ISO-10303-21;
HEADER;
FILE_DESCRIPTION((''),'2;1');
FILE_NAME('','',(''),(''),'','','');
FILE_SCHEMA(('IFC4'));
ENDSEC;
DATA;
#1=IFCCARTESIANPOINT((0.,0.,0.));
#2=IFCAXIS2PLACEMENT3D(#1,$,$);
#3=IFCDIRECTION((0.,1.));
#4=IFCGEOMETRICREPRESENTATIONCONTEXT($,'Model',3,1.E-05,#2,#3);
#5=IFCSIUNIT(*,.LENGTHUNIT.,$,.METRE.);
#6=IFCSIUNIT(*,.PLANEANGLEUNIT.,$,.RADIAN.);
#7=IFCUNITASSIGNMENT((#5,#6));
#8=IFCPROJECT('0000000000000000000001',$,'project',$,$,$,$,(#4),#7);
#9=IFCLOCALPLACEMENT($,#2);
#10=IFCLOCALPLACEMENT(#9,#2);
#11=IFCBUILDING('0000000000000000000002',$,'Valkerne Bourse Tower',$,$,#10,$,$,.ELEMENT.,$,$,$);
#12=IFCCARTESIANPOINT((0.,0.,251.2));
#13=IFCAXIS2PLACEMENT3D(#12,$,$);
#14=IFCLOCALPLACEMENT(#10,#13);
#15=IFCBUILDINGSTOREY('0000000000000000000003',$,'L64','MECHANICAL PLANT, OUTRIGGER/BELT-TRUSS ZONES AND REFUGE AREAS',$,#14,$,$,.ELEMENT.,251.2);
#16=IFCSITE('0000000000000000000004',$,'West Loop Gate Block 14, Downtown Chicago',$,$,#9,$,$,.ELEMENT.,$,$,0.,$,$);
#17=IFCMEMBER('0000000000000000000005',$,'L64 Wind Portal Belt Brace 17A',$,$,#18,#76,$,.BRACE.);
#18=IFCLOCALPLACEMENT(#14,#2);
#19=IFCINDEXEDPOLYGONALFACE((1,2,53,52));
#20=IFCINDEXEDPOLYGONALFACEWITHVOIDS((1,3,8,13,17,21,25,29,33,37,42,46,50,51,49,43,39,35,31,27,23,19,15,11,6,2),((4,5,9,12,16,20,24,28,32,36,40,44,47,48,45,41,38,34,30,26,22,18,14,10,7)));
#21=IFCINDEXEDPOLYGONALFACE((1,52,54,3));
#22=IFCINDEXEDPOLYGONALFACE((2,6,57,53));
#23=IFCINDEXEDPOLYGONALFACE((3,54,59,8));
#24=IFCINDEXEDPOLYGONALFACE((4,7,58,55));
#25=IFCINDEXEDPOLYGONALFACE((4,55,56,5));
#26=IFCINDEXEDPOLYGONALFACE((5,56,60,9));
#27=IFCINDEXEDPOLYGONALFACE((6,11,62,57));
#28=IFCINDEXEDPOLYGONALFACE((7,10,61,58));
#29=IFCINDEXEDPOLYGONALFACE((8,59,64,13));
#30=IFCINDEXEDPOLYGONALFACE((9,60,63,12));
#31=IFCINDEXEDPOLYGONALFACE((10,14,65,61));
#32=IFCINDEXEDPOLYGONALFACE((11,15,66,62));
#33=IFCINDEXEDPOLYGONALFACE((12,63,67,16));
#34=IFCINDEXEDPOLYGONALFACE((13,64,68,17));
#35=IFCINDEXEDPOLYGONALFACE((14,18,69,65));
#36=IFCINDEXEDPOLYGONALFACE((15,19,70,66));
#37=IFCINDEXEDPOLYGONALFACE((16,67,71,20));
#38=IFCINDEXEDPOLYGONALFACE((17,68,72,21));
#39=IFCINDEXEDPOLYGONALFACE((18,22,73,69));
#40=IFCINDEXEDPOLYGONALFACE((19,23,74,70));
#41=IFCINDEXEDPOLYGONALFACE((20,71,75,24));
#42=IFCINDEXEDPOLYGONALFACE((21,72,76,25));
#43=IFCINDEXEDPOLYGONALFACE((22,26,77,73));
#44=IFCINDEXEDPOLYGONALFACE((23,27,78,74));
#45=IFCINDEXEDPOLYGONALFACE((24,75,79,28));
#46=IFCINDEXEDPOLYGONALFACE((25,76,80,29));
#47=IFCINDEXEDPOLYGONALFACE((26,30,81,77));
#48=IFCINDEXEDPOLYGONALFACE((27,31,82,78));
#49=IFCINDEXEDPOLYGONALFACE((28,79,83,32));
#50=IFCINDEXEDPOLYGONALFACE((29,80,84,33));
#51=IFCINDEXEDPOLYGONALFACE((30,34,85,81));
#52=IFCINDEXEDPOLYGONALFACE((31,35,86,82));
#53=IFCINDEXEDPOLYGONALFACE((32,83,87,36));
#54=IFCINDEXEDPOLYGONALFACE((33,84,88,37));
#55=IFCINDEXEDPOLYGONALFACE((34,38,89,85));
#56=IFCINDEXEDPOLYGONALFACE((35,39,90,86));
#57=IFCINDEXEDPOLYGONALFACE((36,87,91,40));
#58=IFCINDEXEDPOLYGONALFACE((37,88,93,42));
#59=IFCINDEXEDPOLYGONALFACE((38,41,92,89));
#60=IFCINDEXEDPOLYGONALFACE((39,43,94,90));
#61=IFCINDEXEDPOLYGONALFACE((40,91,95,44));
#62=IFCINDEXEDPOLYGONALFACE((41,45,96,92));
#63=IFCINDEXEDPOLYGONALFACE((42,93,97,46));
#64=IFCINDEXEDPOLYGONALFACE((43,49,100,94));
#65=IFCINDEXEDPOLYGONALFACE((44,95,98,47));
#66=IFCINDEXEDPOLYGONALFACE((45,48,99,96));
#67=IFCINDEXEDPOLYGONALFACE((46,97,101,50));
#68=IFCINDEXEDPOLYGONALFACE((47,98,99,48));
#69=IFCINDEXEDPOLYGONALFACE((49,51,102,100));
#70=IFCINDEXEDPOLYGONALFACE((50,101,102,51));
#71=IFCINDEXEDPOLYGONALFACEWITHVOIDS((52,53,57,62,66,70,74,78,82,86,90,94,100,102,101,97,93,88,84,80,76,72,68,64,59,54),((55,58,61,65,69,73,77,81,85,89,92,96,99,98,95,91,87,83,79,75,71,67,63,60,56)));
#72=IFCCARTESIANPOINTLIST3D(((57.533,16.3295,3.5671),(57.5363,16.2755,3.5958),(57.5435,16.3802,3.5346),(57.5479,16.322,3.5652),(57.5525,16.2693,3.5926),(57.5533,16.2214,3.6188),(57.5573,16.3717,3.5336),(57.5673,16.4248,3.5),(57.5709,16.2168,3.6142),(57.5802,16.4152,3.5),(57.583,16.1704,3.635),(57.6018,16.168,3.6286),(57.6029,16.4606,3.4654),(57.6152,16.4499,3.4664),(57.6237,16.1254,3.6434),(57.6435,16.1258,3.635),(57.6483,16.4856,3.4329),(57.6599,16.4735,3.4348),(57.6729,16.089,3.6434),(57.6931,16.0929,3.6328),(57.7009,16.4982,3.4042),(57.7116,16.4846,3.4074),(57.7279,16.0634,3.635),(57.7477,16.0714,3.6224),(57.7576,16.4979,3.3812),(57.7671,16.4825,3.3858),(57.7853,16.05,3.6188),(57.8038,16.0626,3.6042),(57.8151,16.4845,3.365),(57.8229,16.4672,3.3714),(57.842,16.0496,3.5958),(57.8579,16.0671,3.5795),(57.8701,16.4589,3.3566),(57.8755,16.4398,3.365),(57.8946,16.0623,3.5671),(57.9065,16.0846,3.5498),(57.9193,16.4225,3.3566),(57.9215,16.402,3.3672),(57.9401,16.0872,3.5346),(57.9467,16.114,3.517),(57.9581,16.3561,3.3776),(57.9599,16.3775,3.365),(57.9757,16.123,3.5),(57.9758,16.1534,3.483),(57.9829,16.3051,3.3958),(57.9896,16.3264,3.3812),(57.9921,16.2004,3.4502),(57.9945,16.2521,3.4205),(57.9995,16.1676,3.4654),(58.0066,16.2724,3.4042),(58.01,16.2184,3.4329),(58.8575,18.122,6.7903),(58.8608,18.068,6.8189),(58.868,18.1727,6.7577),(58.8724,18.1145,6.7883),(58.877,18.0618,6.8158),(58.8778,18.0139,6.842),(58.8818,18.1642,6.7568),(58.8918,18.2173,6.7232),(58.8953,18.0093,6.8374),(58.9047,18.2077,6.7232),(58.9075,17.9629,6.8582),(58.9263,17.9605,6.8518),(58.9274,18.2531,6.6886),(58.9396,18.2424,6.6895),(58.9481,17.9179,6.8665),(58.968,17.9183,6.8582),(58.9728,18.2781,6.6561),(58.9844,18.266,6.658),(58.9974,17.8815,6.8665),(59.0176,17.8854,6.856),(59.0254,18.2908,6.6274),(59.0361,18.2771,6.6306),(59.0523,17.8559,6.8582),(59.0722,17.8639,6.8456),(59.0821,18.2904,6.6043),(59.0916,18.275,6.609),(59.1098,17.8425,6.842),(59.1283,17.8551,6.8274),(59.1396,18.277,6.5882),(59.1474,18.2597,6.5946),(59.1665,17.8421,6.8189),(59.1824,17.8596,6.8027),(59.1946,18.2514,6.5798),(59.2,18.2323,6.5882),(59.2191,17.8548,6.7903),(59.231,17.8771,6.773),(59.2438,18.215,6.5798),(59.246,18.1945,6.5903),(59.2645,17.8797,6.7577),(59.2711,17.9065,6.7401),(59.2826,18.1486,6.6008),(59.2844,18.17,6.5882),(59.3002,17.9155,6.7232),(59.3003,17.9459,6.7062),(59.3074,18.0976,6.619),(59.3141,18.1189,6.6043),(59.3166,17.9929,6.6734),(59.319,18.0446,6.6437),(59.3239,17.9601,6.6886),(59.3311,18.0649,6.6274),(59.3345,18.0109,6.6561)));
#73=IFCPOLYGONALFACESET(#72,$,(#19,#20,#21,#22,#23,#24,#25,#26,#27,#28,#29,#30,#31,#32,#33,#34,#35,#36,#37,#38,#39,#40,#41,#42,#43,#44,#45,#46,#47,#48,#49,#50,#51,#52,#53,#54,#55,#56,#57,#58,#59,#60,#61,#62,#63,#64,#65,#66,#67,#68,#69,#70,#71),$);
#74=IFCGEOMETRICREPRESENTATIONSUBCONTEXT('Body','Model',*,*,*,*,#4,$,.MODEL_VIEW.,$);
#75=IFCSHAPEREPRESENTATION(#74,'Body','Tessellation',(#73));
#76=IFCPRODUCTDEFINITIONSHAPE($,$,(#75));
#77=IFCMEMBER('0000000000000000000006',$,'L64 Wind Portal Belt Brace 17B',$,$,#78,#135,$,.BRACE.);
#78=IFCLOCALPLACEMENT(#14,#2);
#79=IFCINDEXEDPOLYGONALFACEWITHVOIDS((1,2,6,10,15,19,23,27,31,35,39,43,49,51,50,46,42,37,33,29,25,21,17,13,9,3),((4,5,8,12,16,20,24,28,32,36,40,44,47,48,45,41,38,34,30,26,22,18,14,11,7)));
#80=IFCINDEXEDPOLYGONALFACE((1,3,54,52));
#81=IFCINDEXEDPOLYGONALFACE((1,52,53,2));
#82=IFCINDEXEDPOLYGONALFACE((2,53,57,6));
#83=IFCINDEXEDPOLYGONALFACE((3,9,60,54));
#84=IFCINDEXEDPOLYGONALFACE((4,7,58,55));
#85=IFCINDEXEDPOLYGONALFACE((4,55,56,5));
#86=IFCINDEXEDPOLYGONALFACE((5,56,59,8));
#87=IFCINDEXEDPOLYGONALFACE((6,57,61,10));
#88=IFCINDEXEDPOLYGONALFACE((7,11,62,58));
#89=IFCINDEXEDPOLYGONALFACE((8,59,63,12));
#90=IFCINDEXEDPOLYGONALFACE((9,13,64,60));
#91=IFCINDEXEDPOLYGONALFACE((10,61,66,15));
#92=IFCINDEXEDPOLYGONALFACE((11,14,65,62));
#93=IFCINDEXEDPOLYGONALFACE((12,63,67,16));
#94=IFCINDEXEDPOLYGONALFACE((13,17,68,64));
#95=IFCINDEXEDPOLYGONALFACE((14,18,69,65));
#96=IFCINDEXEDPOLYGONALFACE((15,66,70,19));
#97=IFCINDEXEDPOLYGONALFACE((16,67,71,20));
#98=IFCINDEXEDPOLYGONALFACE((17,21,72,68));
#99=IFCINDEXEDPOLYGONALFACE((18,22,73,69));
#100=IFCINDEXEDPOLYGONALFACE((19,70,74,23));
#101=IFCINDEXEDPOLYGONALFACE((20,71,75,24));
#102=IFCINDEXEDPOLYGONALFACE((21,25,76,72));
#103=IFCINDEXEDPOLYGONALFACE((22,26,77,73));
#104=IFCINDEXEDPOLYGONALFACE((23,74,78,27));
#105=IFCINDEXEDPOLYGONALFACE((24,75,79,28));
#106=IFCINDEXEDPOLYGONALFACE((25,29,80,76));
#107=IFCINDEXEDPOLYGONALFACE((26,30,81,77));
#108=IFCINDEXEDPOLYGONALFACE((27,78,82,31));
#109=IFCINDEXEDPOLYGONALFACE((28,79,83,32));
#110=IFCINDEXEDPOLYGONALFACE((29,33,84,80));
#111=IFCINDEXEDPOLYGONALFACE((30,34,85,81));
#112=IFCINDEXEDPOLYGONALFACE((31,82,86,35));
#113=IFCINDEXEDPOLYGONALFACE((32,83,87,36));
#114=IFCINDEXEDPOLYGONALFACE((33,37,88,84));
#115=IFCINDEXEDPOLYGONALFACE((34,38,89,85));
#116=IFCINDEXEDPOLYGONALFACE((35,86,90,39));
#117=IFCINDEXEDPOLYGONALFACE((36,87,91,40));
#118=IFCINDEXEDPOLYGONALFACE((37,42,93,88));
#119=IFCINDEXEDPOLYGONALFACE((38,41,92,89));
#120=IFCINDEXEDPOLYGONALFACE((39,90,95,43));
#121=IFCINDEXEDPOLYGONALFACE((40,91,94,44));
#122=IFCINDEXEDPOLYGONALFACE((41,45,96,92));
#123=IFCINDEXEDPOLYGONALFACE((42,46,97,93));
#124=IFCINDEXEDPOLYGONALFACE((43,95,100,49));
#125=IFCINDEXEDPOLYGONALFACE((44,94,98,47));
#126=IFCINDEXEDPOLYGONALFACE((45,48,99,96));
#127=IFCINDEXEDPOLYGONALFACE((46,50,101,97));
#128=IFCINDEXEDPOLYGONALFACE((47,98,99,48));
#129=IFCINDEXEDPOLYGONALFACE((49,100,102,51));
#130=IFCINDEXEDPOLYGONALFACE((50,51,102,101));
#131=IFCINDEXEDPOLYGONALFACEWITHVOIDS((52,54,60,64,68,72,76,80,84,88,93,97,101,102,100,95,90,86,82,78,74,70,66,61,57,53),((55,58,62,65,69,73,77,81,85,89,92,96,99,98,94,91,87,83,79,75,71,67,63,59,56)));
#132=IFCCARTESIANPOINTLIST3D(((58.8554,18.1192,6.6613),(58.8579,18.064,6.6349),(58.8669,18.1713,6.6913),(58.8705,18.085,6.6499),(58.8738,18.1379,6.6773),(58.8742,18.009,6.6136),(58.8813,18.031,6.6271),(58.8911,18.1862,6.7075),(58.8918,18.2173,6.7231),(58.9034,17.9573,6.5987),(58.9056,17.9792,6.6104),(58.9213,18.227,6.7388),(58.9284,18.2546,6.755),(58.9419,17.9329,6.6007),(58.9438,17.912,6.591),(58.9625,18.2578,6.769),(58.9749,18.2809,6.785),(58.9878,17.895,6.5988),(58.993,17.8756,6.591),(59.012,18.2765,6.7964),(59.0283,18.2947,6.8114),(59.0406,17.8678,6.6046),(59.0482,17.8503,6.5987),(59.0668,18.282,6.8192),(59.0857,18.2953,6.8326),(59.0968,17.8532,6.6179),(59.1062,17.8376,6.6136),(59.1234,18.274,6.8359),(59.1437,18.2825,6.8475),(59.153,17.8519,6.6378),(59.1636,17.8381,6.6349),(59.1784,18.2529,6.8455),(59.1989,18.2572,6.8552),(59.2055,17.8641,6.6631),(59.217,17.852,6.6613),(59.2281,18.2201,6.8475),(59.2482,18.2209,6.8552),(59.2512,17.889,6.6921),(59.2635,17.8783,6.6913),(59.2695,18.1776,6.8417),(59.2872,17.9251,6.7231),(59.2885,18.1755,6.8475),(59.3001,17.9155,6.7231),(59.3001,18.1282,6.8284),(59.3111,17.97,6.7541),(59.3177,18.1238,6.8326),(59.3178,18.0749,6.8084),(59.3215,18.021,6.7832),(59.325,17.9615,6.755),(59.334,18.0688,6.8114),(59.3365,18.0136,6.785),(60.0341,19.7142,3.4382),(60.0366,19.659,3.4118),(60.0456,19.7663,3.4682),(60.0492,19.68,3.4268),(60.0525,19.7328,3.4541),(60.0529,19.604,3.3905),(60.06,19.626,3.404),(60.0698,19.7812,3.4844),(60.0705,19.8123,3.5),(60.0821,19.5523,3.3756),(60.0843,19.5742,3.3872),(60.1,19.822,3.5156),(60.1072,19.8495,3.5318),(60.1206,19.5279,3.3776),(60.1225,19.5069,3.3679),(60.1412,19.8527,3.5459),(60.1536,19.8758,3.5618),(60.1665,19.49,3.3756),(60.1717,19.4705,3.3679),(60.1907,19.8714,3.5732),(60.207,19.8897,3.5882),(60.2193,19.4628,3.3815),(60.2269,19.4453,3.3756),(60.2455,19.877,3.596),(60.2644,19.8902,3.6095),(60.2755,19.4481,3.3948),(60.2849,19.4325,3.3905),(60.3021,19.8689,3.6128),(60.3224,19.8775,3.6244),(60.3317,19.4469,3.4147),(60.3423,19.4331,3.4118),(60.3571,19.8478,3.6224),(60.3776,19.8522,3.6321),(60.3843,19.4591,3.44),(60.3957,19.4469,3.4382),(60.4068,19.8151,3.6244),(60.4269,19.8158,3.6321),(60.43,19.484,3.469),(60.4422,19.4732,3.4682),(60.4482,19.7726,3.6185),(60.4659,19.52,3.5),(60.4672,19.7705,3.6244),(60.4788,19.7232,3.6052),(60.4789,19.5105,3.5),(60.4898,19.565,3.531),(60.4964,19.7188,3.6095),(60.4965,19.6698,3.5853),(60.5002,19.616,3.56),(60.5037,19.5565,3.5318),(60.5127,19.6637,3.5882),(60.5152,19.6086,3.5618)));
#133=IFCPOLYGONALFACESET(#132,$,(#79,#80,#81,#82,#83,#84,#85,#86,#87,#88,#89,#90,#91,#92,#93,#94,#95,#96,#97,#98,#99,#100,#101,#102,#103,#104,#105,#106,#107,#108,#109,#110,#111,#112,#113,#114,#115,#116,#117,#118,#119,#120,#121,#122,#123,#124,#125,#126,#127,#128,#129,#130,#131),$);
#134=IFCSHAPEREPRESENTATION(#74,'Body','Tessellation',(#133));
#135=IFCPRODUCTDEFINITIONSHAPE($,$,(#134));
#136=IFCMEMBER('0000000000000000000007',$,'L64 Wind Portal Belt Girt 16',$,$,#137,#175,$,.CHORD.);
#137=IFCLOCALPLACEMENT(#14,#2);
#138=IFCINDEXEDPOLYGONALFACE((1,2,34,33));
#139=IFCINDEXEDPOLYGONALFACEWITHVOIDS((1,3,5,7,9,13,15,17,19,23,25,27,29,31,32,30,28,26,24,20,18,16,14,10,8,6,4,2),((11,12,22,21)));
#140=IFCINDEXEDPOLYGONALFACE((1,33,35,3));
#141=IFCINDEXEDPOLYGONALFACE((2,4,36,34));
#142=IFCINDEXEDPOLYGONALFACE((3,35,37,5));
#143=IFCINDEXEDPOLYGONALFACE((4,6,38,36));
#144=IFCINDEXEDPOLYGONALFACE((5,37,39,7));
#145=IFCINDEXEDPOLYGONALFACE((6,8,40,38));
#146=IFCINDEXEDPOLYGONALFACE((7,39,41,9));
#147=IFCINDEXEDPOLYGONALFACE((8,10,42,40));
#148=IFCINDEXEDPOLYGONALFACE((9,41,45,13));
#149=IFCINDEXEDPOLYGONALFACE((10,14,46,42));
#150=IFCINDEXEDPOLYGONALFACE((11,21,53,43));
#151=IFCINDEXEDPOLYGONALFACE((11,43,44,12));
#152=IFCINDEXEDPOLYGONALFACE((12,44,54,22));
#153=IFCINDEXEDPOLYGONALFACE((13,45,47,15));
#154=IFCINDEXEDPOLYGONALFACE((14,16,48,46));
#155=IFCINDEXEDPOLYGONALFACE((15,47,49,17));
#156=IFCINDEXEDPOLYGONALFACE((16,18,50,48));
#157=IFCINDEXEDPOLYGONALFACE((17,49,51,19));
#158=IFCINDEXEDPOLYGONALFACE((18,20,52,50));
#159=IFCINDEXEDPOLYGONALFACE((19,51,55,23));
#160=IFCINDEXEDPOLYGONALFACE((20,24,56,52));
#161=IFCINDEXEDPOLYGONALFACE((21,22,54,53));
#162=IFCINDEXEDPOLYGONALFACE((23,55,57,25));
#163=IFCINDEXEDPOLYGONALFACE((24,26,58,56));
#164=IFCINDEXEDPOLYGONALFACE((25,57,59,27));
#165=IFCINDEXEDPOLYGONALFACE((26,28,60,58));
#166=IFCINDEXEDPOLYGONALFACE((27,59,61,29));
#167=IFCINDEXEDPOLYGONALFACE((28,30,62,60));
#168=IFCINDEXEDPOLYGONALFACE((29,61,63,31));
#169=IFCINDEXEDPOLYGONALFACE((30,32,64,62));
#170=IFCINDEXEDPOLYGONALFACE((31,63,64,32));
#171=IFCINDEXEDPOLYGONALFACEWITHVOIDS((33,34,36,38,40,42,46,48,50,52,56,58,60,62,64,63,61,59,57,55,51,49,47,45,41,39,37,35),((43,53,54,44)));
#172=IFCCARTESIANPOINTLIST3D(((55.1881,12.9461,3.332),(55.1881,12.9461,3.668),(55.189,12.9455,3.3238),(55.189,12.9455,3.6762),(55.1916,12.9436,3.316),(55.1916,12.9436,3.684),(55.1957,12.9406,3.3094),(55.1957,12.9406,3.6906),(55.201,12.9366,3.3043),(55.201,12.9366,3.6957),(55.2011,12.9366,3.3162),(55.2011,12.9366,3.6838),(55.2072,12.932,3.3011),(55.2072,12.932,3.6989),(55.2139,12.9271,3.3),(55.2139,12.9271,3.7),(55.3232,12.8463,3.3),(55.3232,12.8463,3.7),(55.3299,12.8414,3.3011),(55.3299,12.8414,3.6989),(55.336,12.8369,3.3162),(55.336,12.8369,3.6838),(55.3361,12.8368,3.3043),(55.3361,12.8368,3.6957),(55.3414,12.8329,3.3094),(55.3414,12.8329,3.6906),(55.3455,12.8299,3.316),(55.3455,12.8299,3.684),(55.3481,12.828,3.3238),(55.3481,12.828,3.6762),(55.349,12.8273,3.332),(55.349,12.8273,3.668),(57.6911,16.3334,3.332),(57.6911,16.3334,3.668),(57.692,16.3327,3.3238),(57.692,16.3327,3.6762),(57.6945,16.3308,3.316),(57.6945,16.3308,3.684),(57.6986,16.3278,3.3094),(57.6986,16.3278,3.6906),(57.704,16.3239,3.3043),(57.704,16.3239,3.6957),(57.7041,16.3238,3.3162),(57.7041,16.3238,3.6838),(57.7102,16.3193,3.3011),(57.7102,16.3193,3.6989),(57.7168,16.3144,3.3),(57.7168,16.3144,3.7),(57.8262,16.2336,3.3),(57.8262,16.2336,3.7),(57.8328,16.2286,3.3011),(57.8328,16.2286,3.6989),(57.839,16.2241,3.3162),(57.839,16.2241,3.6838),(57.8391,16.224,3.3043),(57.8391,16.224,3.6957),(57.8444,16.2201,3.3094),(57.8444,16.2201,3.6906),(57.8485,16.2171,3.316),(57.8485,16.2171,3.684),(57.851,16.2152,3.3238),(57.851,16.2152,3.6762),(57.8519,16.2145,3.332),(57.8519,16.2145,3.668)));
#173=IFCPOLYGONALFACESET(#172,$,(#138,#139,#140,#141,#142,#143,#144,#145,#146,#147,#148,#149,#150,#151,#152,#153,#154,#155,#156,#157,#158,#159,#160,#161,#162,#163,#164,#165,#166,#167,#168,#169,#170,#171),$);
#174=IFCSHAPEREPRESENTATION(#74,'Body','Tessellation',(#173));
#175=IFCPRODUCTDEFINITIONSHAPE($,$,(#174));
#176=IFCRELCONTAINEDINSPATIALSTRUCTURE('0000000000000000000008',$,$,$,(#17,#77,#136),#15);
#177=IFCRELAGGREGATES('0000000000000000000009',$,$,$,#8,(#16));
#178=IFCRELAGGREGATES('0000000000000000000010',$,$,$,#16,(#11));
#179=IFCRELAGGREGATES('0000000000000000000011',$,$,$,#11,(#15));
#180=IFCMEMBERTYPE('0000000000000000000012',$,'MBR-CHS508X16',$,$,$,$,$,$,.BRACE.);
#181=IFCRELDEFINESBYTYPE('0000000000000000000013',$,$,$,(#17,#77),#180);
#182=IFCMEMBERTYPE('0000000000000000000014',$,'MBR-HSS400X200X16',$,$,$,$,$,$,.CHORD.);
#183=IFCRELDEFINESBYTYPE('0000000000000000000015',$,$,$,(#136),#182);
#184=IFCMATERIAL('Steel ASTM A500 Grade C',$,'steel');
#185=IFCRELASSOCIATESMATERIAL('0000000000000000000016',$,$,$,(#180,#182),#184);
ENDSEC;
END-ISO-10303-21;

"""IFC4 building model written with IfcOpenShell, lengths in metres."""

from ifc_helpers import new_model, si_unit, direction, frame, origin, origin_2d, place, context, subcontext, project, spatial, hollow_rectangle, hollow_circle, extrude, material, material_profile, profile_set, type_object, element, save


model = new_model("IFC4")

# Units and contexts
model_context = context("Model", 3, precision=1e-05, world=origin(), true_north=direction((0.0, 1.0)))
body_context = subcontext(model_context, "Body", "Model", "MODEL_VIEW")
ifc_project = project(units=[si_unit("LENGTHUNIT", "METRE"), si_unit("PLANEANGLEUNIT", "RADIAN")], contexts=[model_context])

# Site, building, storey
site_placement = place(None, origin())
site = spatial("IfcSite", under=ifc_project, at=site_placement, Name="West Loop Gate Block 14, Downtown Chicago", CompositionType="ELEMENT", RefElevation=0.0)
building_placement = place(site_placement, origin())
building = spatial("IfcBuilding", under=site, at=building_placement, Name="Valkerne Bourse Tower", CompositionType="ELEMENT")
storey_placement = place(building_placement, frame((0.0, 0.0, 251.2)))
storey = spatial("IfcBuildingStorey", under=building, at=storey_placement, Name="L64", Description="MECHANICAL PLANT, OUTRIGGER/BELT-TRUSS ZONES AND REFUGE AREAS", CompositionType="ELEMENT", Elevation=251.2)

# Members
ifc_material_1 = material(Name="Steel ASTM A500 Grade C", Category="steel")
ifc_material_profile_1 = material_profile(ifc_material_1, hollow_circle(Radius=0.2539, WallThickness=0.0161, at=origin_2d()), Name="CHS508X16")
ifc_profile_set_1 = profile_set([ifc_material_profile_1], Name="Steel ASTM A500 Grade C")
member_type_1 = type_object("IfcMemberType", Name="MBR-CHS508X16", PredefinedType="BRACE", material=ifc_profile_set_1)
member_1_placement = place(storey_placement, frame((57.7715, 16.2739, 3.5), z_axis=(0.337989, 0.457422, 0.822513), x_axis=(-0.804265, 0.594271, 0.0)))
element("IfcMember", 1, at=member_1_placement, inside=storey, type_object=member_type_1, Name="L64 Wind Portal Belt Brace 17A", PredefinedType="BRACE", context=body_context, shape_type="SweptSolid", body=[
    extrude(hollow_circle(Radius=0.2539, WallThickness=0.0161, at=origin_2d()), origin(), (0.0, 0.0, 1.0), 3.9187),
])
member_2_placement = place(storey_placement, frame((60.2747, 19.6614, 3.5), z_axis=(-0.311463, -0.421455, 0.851684), x_axis=(0.80422, -0.594332, 0.0)))
element("IfcMember", 2, at=member_2_placement, inside=storey, type_object=member_type_1, Name="L64 Wind Portal Belt Brace 17B", PredefinedType="BRACE", context=body_context, shape_type="SweptSolid", body=[
    extrude(hollow_circle(Radius=0.2539, WallThickness=0.0161, at=origin_2d()), origin(), (0.0, 0.0, 1.0), 3.7844),
])
ifc_material_profile_2 = material_profile(ifc_material_1, hollow_rectangle(XDim=0.2, YDim=0.3999, WallThickness=0.0161, OuterFilletRadius=0.032, at=origin_2d()), Name="HSS400X200X16")
ifc_profile_set_2 = profile_set([ifc_material_profile_2], Name="Steel ASTM A500 Grade C")
member_type_2 = type_object("IfcMemberType", Name="MBR-HSS400X200X16", PredefinedType="CHORD", material=ifc_profile_set_2)
member_3_placement = place(storey_placement, frame((55.2686, 12.8867, 3.5), z_axis=(0.59429, 0.804251, 0.0), x_axis=(-0.804251, 0.59429, 0.0)))
element("IfcMember", 3, at=member_3_placement, inside=storey, type_object=member_type_2, Name="L64 Wind Portal Belt Girt 16", PredefinedType="CHORD", context=body_context, shape_type="SweptSolid", body=[
    extrude(hollow_rectangle(XDim=0.2, YDim=0.3999, WallThickness=0.0161, OuterFilletRadius=0.032, at=origin_2d()), origin(), (0.0, 0.0, 1.0), 4.2117),
])

save(model, "model.ifc")
